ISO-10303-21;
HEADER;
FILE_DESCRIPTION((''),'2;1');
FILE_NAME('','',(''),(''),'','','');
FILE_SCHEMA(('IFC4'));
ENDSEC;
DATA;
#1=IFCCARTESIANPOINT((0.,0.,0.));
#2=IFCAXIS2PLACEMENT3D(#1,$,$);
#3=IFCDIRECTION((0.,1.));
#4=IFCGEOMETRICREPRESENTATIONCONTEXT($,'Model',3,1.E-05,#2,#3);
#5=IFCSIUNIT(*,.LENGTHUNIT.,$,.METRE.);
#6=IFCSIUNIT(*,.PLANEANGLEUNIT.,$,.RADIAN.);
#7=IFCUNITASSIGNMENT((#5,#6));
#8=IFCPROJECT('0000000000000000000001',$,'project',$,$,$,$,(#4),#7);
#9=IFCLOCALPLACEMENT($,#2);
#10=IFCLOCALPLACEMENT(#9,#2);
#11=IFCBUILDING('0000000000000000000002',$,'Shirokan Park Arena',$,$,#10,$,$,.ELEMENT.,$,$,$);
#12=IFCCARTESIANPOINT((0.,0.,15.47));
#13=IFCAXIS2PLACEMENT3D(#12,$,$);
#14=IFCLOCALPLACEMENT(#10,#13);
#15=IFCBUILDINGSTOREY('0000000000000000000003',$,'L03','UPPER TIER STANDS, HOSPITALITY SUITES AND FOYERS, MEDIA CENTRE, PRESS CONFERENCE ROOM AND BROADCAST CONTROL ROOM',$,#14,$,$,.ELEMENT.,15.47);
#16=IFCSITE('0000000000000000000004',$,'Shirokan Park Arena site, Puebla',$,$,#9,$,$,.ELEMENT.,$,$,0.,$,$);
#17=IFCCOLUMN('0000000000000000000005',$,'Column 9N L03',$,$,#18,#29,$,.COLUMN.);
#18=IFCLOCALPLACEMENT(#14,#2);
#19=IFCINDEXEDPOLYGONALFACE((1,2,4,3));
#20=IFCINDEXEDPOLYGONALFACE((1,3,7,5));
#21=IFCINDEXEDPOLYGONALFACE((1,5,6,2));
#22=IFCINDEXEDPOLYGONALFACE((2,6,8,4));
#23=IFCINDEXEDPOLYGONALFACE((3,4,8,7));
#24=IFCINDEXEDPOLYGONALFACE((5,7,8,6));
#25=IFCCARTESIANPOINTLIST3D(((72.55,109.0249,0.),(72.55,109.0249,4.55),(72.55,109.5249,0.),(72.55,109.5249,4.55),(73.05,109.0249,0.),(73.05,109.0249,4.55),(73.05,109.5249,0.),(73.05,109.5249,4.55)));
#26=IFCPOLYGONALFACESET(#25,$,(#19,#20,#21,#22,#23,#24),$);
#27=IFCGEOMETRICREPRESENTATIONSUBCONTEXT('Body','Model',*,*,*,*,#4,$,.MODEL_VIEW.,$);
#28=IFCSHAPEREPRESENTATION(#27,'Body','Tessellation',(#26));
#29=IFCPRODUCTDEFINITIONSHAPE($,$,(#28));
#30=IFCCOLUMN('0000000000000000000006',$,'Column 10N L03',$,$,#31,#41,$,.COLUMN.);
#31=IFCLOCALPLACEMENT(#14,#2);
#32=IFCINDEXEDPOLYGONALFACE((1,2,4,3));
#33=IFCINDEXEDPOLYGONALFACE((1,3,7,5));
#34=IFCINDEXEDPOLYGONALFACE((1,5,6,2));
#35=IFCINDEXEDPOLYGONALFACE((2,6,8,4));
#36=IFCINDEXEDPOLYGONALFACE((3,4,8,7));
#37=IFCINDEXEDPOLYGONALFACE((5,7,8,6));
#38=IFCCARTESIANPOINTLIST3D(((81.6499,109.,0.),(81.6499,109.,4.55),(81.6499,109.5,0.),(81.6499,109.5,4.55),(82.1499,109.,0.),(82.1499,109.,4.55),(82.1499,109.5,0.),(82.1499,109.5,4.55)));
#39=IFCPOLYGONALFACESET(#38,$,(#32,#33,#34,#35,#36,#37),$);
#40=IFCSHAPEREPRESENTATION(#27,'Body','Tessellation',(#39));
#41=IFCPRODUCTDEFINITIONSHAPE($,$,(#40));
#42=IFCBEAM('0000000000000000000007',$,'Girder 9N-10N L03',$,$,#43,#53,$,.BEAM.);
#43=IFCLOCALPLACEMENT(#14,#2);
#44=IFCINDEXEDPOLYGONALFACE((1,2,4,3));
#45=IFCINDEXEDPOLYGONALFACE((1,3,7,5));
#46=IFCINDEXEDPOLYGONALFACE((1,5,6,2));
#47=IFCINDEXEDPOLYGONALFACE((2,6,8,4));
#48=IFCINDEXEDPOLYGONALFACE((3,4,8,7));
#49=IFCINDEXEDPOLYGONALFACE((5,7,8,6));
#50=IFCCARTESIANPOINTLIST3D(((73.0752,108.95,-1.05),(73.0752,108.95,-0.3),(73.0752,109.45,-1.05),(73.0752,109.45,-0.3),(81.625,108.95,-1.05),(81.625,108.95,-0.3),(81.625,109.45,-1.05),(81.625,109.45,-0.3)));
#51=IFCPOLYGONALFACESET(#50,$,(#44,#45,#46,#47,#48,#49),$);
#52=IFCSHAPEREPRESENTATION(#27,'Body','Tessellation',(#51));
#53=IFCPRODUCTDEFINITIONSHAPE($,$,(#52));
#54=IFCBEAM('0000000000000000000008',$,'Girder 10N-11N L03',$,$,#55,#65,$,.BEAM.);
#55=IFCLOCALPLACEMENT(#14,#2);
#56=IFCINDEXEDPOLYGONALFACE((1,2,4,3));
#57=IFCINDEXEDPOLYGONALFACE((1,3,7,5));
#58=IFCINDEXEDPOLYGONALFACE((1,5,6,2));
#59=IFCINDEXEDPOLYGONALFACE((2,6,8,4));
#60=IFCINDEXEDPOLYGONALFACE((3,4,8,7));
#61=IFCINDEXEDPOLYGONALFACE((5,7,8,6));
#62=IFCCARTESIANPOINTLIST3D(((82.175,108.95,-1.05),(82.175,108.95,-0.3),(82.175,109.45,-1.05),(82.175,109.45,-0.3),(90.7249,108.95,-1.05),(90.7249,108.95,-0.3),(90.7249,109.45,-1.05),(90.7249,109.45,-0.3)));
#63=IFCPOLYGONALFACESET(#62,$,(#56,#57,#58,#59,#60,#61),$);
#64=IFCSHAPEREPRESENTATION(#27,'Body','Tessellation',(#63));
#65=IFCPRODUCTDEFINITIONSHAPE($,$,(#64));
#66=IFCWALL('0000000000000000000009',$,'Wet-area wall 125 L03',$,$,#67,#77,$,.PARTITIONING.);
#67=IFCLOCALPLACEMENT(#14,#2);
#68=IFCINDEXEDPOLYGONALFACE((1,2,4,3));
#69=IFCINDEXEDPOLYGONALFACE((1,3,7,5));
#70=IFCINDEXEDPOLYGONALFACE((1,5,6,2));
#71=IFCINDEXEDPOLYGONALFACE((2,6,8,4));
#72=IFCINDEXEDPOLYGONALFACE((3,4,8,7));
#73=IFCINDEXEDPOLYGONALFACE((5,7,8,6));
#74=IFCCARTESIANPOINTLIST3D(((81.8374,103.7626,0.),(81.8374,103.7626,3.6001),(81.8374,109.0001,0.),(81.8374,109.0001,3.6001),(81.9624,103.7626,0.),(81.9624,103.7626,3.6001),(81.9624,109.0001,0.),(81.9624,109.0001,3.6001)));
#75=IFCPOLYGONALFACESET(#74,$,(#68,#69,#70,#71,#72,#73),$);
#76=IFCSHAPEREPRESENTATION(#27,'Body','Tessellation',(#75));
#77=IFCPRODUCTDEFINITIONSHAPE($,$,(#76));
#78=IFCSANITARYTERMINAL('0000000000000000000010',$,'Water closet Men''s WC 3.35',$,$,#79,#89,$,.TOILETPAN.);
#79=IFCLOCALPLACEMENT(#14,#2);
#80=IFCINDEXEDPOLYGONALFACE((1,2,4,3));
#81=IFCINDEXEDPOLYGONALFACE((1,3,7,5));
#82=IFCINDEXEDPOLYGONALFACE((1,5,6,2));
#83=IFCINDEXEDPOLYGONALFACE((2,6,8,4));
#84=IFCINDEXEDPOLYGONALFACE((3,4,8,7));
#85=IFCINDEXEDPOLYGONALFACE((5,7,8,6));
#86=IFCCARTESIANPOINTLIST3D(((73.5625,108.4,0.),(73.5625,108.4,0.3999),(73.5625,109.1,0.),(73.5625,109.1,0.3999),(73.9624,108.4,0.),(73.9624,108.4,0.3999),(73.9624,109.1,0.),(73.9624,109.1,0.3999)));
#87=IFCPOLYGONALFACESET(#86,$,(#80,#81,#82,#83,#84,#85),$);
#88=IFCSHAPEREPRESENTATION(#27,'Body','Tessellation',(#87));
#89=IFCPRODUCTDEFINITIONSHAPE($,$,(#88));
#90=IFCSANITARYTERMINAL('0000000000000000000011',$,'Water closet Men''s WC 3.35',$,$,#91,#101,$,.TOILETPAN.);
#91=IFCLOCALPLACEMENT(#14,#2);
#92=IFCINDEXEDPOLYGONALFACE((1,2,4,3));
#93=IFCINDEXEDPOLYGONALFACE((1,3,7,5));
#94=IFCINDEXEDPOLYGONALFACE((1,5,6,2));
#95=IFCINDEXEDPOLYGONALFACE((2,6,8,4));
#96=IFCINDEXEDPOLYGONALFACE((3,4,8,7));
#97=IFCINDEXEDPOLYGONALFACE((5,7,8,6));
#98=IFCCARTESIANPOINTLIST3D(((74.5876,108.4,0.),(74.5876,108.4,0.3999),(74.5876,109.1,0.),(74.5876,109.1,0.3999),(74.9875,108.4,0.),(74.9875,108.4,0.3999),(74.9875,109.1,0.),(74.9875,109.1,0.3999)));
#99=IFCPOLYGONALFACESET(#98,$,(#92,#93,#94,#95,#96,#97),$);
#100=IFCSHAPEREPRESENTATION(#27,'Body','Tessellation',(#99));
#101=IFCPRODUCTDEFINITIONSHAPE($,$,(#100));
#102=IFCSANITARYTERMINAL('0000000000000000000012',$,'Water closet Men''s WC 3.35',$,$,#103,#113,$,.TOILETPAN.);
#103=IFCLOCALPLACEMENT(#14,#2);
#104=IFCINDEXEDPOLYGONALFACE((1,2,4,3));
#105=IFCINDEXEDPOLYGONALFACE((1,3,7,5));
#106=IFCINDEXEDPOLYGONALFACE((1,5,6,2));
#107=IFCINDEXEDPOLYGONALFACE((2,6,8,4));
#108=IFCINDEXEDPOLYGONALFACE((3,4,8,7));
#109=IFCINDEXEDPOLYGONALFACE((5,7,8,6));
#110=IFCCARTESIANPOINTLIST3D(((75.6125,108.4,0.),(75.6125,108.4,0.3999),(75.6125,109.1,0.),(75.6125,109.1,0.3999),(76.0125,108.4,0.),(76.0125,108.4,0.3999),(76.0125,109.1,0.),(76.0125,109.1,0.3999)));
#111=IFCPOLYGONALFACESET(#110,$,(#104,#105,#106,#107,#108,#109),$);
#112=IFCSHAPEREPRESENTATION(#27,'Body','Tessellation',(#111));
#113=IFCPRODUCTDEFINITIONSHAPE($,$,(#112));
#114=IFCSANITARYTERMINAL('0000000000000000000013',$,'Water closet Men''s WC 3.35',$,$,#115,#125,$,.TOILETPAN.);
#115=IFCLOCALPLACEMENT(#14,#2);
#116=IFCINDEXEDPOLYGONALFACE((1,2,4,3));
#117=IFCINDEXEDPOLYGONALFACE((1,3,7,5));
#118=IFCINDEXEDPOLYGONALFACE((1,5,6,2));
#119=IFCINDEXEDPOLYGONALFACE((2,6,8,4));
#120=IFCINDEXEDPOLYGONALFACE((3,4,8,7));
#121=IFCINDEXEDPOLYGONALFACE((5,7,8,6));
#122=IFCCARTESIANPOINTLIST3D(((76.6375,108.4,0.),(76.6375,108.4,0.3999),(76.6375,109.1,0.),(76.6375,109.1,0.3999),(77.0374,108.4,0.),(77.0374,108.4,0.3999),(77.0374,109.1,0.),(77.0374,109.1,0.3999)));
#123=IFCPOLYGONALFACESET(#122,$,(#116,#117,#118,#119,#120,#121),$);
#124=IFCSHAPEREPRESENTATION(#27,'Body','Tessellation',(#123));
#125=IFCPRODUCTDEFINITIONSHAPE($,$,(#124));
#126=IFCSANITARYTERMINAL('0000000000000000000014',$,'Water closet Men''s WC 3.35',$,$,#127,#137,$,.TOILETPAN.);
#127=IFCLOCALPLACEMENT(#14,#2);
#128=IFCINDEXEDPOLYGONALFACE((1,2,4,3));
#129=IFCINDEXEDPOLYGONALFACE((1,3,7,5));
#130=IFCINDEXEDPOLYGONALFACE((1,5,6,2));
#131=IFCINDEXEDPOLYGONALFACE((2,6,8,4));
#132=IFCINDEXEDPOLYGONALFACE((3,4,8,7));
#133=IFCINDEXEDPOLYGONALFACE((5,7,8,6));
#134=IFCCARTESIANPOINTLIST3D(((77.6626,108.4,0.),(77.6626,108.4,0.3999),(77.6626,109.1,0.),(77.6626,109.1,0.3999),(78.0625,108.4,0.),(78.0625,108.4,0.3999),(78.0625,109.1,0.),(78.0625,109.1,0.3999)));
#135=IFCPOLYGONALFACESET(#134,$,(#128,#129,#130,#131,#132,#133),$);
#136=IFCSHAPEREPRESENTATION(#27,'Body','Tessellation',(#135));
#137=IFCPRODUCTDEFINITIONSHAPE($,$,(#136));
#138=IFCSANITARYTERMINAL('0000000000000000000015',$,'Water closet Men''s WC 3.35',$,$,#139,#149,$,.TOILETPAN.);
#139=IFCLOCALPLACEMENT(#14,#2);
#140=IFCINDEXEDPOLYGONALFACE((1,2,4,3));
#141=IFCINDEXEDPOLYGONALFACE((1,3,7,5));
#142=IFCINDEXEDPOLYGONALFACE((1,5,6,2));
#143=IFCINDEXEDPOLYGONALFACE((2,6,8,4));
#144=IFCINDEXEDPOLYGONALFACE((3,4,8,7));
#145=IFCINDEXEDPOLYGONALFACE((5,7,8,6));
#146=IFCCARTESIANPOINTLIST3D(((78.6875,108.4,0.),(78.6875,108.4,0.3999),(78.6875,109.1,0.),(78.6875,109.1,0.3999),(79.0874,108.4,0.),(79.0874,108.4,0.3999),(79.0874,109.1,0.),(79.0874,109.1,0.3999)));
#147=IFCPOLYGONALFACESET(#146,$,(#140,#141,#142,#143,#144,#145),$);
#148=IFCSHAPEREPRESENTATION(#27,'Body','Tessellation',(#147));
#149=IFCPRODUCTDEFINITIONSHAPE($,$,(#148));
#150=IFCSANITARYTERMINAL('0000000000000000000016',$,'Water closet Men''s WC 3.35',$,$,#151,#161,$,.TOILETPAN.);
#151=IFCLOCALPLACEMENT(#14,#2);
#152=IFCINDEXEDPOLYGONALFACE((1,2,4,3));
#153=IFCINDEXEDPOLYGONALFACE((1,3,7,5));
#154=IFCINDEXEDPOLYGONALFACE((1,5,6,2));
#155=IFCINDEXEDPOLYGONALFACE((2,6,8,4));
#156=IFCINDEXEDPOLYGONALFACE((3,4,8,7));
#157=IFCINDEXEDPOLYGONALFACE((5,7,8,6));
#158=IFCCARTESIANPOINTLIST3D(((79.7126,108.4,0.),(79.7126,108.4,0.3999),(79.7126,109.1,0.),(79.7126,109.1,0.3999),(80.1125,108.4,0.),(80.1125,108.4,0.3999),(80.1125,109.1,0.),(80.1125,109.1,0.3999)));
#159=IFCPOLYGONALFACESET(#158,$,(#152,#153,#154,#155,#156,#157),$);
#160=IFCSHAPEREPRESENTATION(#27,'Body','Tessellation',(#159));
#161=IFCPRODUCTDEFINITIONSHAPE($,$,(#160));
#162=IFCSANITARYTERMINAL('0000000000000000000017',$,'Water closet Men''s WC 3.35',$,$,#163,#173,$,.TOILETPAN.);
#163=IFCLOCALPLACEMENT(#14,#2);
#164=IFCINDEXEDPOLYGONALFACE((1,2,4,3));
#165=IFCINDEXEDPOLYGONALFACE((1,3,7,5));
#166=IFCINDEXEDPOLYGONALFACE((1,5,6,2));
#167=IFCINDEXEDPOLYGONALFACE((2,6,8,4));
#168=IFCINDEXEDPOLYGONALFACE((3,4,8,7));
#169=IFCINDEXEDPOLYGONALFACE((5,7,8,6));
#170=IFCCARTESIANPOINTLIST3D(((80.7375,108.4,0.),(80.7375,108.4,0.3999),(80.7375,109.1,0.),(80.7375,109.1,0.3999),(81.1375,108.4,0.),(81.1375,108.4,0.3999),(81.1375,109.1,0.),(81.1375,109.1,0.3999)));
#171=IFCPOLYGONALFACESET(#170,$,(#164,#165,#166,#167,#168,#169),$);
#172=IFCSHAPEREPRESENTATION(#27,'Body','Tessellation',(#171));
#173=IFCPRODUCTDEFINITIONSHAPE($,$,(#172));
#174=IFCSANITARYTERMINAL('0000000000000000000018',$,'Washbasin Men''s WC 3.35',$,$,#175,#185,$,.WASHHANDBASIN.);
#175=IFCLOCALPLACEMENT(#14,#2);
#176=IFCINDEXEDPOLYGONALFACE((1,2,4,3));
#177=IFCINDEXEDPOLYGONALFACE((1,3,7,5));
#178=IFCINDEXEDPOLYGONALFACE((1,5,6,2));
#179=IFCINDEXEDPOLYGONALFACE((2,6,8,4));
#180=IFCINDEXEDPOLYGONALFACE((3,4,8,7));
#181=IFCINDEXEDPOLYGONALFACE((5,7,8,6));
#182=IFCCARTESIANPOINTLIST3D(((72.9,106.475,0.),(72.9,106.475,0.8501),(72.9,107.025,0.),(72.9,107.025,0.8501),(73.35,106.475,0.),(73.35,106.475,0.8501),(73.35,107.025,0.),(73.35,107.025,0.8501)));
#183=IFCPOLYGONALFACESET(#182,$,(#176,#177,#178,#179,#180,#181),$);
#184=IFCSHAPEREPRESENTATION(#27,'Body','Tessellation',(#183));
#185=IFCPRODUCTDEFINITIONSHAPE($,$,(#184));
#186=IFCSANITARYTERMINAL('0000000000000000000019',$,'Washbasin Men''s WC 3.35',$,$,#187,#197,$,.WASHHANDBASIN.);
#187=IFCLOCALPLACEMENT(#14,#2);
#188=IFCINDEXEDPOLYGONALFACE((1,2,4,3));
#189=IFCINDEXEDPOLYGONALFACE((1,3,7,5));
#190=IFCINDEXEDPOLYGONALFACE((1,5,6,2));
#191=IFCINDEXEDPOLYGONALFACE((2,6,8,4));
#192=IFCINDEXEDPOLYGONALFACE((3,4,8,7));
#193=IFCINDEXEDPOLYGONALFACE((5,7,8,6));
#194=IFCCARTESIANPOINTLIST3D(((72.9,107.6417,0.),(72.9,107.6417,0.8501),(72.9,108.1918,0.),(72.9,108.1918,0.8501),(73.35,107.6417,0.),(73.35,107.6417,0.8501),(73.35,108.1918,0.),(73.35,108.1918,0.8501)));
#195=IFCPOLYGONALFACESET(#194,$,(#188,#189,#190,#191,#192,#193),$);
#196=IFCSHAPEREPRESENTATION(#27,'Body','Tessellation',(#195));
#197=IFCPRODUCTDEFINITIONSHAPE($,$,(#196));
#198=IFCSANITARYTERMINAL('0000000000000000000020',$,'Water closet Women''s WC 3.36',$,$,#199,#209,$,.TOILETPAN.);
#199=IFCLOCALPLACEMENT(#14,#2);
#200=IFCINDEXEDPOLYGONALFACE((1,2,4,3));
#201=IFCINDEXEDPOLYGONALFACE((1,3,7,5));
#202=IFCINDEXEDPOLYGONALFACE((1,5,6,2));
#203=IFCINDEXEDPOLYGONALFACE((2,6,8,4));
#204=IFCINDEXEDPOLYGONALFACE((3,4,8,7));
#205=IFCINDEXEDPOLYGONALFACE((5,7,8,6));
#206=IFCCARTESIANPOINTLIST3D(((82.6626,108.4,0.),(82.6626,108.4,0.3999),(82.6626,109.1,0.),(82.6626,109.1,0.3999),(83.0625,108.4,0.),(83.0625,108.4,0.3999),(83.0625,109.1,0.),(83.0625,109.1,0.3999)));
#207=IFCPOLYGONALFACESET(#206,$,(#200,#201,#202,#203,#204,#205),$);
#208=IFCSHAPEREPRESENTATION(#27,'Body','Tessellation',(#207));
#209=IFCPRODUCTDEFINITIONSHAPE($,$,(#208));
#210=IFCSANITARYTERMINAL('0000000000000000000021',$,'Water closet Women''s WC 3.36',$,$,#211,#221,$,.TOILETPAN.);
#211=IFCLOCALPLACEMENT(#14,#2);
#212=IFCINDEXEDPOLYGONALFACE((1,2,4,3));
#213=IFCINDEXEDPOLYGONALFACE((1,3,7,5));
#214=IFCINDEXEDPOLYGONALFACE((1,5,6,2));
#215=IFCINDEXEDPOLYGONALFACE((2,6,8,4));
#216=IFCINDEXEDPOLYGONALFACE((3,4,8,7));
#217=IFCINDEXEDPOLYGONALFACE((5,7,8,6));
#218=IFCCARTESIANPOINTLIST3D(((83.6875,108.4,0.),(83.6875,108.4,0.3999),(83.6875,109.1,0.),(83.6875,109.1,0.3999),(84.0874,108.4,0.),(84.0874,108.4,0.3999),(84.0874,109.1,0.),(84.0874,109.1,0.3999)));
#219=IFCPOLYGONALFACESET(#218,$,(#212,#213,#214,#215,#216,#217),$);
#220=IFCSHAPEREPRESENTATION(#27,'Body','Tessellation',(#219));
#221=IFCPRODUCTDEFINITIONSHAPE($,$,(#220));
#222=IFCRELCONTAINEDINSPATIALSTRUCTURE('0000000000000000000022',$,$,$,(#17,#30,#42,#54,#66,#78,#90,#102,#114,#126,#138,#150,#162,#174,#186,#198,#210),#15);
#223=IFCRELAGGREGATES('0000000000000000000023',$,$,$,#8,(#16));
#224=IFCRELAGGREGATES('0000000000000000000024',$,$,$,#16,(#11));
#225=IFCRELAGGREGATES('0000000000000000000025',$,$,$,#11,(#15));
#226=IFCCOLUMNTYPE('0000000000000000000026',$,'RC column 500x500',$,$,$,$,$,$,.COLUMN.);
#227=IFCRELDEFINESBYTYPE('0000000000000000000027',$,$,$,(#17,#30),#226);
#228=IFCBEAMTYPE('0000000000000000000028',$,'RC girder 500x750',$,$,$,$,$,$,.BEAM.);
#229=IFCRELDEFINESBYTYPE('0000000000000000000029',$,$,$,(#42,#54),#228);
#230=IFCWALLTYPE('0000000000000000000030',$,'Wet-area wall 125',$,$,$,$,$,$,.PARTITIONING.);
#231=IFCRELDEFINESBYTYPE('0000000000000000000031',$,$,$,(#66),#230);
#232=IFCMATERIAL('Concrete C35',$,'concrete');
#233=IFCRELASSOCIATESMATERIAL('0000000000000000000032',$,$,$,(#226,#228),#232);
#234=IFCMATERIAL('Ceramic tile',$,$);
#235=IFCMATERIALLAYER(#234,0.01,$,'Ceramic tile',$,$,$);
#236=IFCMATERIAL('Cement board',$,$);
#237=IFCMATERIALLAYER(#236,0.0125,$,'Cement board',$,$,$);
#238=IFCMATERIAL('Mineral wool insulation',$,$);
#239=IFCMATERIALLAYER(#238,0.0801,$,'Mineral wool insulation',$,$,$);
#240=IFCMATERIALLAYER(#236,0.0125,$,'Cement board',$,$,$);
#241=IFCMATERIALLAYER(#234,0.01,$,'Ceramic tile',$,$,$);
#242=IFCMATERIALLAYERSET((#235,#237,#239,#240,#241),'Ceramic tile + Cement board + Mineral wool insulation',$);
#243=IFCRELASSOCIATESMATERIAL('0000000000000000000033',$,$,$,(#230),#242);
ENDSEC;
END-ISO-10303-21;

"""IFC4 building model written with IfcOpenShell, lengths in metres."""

from ifc_helpers import new_model, si_unit, direction, frame, frame_2d, origin, origin_2d, place, context, subcontext, project, spatial, rectangle, extrude, material, layer, layer_set, material_profile, profile_set, type_object, element, save


model = new_model("IFC4")

# Units and contexts
model_context = context("Model", 3, precision=1e-05, world=origin(), true_north=direction((0.0, 1.0)))
body_context = subcontext(model_context, "Body", "Model", "MODEL_VIEW")
ifc_project = project(units=[si_unit("LENGTHUNIT", "METRE"), si_unit("PLANEANGLEUNIT", "RADIAN")], contexts=[model_context])

# Site, building, storey
site_placement = place(None, origin())
site = spatial("IfcSite", under=ifc_project, at=site_placement, Name="Shirokan Park Arena site, Puebla", CompositionType="ELEMENT", RefElevation=0.0)
building_placement = place(site_placement, origin())
building = spatial("IfcBuilding", under=site, at=building_placement, Name="Shirokan Park Arena", CompositionType="ELEMENT")
storey_placement = place(building_placement, frame((0.0, 0.0, 15.47)))
storey = spatial("IfcBuildingStorey", under=building, at=storey_placement, Name="L03", Description="UPPER TIER STANDS, HOSPITALITY SUITES AND FOYERS, MEDIA CENTRE, PRESS CONFERENCE ROOM AND BROADCAST CONTROL ROOM", CompositionType="ELEMENT", Elevation=15.47)

# Columns
ifc_material_1 = material(Name="Concrete C35", Category="concrete")
ifc_material_profile_1 = material_profile(ifc_material_1, rectangle(XDim=0.5, YDim=0.5, at=origin_2d()), Name="500x500")
ifc_profile_set_1 = profile_set([ifc_material_profile_1], Name="Concrete C35")
column_type = type_object("IfcColumnType", Name="RC column 500x500", PredefinedType="COLUMN", material=ifc_profile_set_1)
for number, where, z_axis, x_axis, name in (
    (1, (72.8, 109.2749, 0.0), (0.0, 0.0, 1.0), (1.0, 0.0, 0.0), "Column 9N L03"),
    (2, (81.8999, 109.25, 0.0), (0.0, 0.0, 1.0), (1.0, 0.0, 0.0), "Column 10N L03"),
):
    element("IfcColumn", number, at=place(storey_placement, frame(where, z_axis=z_axis, x_axis=x_axis)), inside=storey, type_object=column_type, Name=name, PredefinedType="COLUMN", context=body_context, shape_type="SweptSolid", body=[
        extrude(rectangle(XDim=0.5, YDim=0.5, at=origin_2d()), origin(), (0.0, 0.0, 1.0), 4.55),
    ])

# Beams
ifc_material_profile_2 = material_profile(ifc_material_1, rectangle(XDim=0.5, YDim=0.75, at=origin_2d()), Name="500x750")
ifc_profile_set_2 = profile_set([ifc_material_profile_2], Name="Concrete C35")
beam_type = type_object("IfcBeamType", Name="RC girder 500x750", PredefinedType="BEAM", material=ifc_profile_set_2)
for number, where, z_axis, x_axis, name in (
    (3, (73.0752, 109.2, -0.675), (1.0, 0.0, 0.0), (0.0, 1.0, 0.0), "Girder 9N-10N L03"),
    (4, (82.175, 109.2, -0.675), (1.0, 0.0, 0.0), (0.0, 1.0, 0.0), "Girder 10N-11N L03"),
):
    element("IfcBeam", number, at=place(storey_placement, frame(where, z_axis=z_axis, x_axis=x_axis)), inside=storey, type_object=beam_type, Name=name, PredefinedType="BEAM", context=body_context, shape_type="SweptSolid", body=[
        extrude(rectangle(XDim=0.5, YDim=0.75, at=origin_2d()), origin(), (0.0, 0.0, 1.0), 8.5498),
    ])

# Wall
ifc_material_2 = material(Name="Ceramic tile")
ifc_layer_1 = layer(ifc_material_2, 0.01, Name="Ceramic tile")
ifc_material_3 = material(Name="Cement board")
ifc_layer_2 = layer(ifc_material_3, 0.0125, Name="Cement board")
ifc_material_4 = material(Name="Mineral wool insulation")
ifc_layer_3 = layer(ifc_material_4, 0.0801, Name="Mineral wool insulation")
ifc_layer_4 = layer(ifc_material_3, 0.0125, Name="Cement board")
ifc_layer_5 = layer(ifc_material_2, 0.01, Name="Ceramic tile")
ifc_layer_set = layer_set([ifc_layer_1, ifc_layer_2, ifc_layer_3, ifc_layer_4, ifc_layer_5], Name="Ceramic tile + Cement board + Mineral wool insulation")
wall_type = type_object("IfcWallType", Name="Wet-area wall 125", PredefinedType="PARTITIONING", material=ifc_layer_set)
wall_placement = place(storey_placement, frame((81.8999, 109.0, 0.0), z_axis=(0.0, 0.0, 1.0), x_axis=(0.0, -1.0, 0.0)))
element("IfcWall", 5, at=wall_placement, inside=storey, type_object=wall_type, Name="Wet-area wall 125 L03", PredefinedType="PARTITIONING", context=body_context, shape_type="SweptSolid", body=[
    extrude(rectangle(XDim=5.2375, YDim=0.125, at=frame_2d((2.6187, 0.0))), origin(), (0.0, 0.0, 1.0), 3.6001),
])

# Sanitary terminals
for number, where, z_axis, x_axis, name in (
    (6, (73.7625, 108.75, 0.0), (0.0, 0.0, 1.0), (1.0, 0.0, 0.0), "Water closet Men's WC 3.35"),
    (7, (74.7876, 108.75, 0.0), (0.0, 0.0, 1.0), (1.0, 0.0, 0.0), "Water closet Men's WC 3.35"),
    (8, (75.8125, 108.75, 0.0), (0.0, 0.0, 1.0), (1.0, 0.0, 0.0), "Water closet Men's WC 3.35"),
    (9, (76.8374, 108.75, 0.0), (0.0, 0.0, 1.0), (1.0, 0.0, 0.0), "Water closet Men's WC 3.35"),
    (10, (77.8625, 108.75, 0.0), (0.0, 0.0, 1.0), (1.0, 0.0, 0.0), "Water closet Men's WC 3.35"),
    (11, (78.8875, 108.75, 0.0), (0.0, 0.0, 1.0), (1.0, 0.0, 0.0), "Water closet Men's WC 3.35"),
    (12, (79.9126, 108.75, 0.0), (0.0, 0.0, 1.0), (1.0, 0.0, 0.0), "Water closet Men's WC 3.35"),
    (13, (80.9375, 108.75, 0.0), (0.0, 0.0, 1.0), (1.0, 0.0, 0.0), "Water closet Men's WC 3.35"),
):
    element("IfcSanitaryTerminal", number, at=place(storey_placement, frame(where, z_axis=z_axis, x_axis=x_axis)), inside=storey, Name=name, PredefinedType="TOILETPAN", context=body_context, shape_type="SweptSolid", body=[
        extrude(rectangle(XDim=0.3999, YDim=0.7, at=origin_2d()), origin(), (0.0, 0.0, 1.0), 0.3999),
    ])
for number, where, z_axis, x_axis, name in (
    (14, (73.125, 106.75, 0.0), (0.0, 0.0, 1.0), (1.0, 0.0, 0.0), "Washbasin Men's WC 3.35"),
    (15, (73.125, 107.9167, 0.0), (0.0, 0.0, 1.0), (1.0, 0.0, 0.0), "Washbasin Men's WC 3.35"),
):
    element("IfcSanitaryTerminal", number, at=place(storey_placement, frame(where, z_axis=z_axis, x_axis=x_axis)), inside=storey, Name=name, PredefinedType="WASHHANDBASIN", context=body_context, shape_type="SweptSolid", body=[
        extrude(rectangle(XDim=0.45, YDim=0.55, at=origin_2d()), origin(), (0.0, 0.0, 1.0), 0.8501),
    ])
for number, where, z_axis, x_axis, name in (
    (16, (82.8625, 108.75, 0.0), (0.0, 0.0, 1.0), (1.0, 0.0, 0.0), "Water closet Women's WC 3.36"),
    (17, (83.8875, 108.75, 0.0), (0.0, 0.0, 1.0), (1.0, 0.0, 0.0), "Water closet Women's WC 3.36"),
):
    element("IfcSanitaryTerminal", number, at=place(storey_placement, frame(where, z_axis=z_axis, x_axis=x_axis)), inside=storey, Name=name, PredefinedType="TOILETPAN", context=body_context, shape_type="SweptSolid", body=[
        extrude(rectangle(XDim=0.3999, YDim=0.7, at=origin_2d()), origin(), (0.0, 0.0, 1.0), 0.3999),
    ])

save(model, "model.ifc")
